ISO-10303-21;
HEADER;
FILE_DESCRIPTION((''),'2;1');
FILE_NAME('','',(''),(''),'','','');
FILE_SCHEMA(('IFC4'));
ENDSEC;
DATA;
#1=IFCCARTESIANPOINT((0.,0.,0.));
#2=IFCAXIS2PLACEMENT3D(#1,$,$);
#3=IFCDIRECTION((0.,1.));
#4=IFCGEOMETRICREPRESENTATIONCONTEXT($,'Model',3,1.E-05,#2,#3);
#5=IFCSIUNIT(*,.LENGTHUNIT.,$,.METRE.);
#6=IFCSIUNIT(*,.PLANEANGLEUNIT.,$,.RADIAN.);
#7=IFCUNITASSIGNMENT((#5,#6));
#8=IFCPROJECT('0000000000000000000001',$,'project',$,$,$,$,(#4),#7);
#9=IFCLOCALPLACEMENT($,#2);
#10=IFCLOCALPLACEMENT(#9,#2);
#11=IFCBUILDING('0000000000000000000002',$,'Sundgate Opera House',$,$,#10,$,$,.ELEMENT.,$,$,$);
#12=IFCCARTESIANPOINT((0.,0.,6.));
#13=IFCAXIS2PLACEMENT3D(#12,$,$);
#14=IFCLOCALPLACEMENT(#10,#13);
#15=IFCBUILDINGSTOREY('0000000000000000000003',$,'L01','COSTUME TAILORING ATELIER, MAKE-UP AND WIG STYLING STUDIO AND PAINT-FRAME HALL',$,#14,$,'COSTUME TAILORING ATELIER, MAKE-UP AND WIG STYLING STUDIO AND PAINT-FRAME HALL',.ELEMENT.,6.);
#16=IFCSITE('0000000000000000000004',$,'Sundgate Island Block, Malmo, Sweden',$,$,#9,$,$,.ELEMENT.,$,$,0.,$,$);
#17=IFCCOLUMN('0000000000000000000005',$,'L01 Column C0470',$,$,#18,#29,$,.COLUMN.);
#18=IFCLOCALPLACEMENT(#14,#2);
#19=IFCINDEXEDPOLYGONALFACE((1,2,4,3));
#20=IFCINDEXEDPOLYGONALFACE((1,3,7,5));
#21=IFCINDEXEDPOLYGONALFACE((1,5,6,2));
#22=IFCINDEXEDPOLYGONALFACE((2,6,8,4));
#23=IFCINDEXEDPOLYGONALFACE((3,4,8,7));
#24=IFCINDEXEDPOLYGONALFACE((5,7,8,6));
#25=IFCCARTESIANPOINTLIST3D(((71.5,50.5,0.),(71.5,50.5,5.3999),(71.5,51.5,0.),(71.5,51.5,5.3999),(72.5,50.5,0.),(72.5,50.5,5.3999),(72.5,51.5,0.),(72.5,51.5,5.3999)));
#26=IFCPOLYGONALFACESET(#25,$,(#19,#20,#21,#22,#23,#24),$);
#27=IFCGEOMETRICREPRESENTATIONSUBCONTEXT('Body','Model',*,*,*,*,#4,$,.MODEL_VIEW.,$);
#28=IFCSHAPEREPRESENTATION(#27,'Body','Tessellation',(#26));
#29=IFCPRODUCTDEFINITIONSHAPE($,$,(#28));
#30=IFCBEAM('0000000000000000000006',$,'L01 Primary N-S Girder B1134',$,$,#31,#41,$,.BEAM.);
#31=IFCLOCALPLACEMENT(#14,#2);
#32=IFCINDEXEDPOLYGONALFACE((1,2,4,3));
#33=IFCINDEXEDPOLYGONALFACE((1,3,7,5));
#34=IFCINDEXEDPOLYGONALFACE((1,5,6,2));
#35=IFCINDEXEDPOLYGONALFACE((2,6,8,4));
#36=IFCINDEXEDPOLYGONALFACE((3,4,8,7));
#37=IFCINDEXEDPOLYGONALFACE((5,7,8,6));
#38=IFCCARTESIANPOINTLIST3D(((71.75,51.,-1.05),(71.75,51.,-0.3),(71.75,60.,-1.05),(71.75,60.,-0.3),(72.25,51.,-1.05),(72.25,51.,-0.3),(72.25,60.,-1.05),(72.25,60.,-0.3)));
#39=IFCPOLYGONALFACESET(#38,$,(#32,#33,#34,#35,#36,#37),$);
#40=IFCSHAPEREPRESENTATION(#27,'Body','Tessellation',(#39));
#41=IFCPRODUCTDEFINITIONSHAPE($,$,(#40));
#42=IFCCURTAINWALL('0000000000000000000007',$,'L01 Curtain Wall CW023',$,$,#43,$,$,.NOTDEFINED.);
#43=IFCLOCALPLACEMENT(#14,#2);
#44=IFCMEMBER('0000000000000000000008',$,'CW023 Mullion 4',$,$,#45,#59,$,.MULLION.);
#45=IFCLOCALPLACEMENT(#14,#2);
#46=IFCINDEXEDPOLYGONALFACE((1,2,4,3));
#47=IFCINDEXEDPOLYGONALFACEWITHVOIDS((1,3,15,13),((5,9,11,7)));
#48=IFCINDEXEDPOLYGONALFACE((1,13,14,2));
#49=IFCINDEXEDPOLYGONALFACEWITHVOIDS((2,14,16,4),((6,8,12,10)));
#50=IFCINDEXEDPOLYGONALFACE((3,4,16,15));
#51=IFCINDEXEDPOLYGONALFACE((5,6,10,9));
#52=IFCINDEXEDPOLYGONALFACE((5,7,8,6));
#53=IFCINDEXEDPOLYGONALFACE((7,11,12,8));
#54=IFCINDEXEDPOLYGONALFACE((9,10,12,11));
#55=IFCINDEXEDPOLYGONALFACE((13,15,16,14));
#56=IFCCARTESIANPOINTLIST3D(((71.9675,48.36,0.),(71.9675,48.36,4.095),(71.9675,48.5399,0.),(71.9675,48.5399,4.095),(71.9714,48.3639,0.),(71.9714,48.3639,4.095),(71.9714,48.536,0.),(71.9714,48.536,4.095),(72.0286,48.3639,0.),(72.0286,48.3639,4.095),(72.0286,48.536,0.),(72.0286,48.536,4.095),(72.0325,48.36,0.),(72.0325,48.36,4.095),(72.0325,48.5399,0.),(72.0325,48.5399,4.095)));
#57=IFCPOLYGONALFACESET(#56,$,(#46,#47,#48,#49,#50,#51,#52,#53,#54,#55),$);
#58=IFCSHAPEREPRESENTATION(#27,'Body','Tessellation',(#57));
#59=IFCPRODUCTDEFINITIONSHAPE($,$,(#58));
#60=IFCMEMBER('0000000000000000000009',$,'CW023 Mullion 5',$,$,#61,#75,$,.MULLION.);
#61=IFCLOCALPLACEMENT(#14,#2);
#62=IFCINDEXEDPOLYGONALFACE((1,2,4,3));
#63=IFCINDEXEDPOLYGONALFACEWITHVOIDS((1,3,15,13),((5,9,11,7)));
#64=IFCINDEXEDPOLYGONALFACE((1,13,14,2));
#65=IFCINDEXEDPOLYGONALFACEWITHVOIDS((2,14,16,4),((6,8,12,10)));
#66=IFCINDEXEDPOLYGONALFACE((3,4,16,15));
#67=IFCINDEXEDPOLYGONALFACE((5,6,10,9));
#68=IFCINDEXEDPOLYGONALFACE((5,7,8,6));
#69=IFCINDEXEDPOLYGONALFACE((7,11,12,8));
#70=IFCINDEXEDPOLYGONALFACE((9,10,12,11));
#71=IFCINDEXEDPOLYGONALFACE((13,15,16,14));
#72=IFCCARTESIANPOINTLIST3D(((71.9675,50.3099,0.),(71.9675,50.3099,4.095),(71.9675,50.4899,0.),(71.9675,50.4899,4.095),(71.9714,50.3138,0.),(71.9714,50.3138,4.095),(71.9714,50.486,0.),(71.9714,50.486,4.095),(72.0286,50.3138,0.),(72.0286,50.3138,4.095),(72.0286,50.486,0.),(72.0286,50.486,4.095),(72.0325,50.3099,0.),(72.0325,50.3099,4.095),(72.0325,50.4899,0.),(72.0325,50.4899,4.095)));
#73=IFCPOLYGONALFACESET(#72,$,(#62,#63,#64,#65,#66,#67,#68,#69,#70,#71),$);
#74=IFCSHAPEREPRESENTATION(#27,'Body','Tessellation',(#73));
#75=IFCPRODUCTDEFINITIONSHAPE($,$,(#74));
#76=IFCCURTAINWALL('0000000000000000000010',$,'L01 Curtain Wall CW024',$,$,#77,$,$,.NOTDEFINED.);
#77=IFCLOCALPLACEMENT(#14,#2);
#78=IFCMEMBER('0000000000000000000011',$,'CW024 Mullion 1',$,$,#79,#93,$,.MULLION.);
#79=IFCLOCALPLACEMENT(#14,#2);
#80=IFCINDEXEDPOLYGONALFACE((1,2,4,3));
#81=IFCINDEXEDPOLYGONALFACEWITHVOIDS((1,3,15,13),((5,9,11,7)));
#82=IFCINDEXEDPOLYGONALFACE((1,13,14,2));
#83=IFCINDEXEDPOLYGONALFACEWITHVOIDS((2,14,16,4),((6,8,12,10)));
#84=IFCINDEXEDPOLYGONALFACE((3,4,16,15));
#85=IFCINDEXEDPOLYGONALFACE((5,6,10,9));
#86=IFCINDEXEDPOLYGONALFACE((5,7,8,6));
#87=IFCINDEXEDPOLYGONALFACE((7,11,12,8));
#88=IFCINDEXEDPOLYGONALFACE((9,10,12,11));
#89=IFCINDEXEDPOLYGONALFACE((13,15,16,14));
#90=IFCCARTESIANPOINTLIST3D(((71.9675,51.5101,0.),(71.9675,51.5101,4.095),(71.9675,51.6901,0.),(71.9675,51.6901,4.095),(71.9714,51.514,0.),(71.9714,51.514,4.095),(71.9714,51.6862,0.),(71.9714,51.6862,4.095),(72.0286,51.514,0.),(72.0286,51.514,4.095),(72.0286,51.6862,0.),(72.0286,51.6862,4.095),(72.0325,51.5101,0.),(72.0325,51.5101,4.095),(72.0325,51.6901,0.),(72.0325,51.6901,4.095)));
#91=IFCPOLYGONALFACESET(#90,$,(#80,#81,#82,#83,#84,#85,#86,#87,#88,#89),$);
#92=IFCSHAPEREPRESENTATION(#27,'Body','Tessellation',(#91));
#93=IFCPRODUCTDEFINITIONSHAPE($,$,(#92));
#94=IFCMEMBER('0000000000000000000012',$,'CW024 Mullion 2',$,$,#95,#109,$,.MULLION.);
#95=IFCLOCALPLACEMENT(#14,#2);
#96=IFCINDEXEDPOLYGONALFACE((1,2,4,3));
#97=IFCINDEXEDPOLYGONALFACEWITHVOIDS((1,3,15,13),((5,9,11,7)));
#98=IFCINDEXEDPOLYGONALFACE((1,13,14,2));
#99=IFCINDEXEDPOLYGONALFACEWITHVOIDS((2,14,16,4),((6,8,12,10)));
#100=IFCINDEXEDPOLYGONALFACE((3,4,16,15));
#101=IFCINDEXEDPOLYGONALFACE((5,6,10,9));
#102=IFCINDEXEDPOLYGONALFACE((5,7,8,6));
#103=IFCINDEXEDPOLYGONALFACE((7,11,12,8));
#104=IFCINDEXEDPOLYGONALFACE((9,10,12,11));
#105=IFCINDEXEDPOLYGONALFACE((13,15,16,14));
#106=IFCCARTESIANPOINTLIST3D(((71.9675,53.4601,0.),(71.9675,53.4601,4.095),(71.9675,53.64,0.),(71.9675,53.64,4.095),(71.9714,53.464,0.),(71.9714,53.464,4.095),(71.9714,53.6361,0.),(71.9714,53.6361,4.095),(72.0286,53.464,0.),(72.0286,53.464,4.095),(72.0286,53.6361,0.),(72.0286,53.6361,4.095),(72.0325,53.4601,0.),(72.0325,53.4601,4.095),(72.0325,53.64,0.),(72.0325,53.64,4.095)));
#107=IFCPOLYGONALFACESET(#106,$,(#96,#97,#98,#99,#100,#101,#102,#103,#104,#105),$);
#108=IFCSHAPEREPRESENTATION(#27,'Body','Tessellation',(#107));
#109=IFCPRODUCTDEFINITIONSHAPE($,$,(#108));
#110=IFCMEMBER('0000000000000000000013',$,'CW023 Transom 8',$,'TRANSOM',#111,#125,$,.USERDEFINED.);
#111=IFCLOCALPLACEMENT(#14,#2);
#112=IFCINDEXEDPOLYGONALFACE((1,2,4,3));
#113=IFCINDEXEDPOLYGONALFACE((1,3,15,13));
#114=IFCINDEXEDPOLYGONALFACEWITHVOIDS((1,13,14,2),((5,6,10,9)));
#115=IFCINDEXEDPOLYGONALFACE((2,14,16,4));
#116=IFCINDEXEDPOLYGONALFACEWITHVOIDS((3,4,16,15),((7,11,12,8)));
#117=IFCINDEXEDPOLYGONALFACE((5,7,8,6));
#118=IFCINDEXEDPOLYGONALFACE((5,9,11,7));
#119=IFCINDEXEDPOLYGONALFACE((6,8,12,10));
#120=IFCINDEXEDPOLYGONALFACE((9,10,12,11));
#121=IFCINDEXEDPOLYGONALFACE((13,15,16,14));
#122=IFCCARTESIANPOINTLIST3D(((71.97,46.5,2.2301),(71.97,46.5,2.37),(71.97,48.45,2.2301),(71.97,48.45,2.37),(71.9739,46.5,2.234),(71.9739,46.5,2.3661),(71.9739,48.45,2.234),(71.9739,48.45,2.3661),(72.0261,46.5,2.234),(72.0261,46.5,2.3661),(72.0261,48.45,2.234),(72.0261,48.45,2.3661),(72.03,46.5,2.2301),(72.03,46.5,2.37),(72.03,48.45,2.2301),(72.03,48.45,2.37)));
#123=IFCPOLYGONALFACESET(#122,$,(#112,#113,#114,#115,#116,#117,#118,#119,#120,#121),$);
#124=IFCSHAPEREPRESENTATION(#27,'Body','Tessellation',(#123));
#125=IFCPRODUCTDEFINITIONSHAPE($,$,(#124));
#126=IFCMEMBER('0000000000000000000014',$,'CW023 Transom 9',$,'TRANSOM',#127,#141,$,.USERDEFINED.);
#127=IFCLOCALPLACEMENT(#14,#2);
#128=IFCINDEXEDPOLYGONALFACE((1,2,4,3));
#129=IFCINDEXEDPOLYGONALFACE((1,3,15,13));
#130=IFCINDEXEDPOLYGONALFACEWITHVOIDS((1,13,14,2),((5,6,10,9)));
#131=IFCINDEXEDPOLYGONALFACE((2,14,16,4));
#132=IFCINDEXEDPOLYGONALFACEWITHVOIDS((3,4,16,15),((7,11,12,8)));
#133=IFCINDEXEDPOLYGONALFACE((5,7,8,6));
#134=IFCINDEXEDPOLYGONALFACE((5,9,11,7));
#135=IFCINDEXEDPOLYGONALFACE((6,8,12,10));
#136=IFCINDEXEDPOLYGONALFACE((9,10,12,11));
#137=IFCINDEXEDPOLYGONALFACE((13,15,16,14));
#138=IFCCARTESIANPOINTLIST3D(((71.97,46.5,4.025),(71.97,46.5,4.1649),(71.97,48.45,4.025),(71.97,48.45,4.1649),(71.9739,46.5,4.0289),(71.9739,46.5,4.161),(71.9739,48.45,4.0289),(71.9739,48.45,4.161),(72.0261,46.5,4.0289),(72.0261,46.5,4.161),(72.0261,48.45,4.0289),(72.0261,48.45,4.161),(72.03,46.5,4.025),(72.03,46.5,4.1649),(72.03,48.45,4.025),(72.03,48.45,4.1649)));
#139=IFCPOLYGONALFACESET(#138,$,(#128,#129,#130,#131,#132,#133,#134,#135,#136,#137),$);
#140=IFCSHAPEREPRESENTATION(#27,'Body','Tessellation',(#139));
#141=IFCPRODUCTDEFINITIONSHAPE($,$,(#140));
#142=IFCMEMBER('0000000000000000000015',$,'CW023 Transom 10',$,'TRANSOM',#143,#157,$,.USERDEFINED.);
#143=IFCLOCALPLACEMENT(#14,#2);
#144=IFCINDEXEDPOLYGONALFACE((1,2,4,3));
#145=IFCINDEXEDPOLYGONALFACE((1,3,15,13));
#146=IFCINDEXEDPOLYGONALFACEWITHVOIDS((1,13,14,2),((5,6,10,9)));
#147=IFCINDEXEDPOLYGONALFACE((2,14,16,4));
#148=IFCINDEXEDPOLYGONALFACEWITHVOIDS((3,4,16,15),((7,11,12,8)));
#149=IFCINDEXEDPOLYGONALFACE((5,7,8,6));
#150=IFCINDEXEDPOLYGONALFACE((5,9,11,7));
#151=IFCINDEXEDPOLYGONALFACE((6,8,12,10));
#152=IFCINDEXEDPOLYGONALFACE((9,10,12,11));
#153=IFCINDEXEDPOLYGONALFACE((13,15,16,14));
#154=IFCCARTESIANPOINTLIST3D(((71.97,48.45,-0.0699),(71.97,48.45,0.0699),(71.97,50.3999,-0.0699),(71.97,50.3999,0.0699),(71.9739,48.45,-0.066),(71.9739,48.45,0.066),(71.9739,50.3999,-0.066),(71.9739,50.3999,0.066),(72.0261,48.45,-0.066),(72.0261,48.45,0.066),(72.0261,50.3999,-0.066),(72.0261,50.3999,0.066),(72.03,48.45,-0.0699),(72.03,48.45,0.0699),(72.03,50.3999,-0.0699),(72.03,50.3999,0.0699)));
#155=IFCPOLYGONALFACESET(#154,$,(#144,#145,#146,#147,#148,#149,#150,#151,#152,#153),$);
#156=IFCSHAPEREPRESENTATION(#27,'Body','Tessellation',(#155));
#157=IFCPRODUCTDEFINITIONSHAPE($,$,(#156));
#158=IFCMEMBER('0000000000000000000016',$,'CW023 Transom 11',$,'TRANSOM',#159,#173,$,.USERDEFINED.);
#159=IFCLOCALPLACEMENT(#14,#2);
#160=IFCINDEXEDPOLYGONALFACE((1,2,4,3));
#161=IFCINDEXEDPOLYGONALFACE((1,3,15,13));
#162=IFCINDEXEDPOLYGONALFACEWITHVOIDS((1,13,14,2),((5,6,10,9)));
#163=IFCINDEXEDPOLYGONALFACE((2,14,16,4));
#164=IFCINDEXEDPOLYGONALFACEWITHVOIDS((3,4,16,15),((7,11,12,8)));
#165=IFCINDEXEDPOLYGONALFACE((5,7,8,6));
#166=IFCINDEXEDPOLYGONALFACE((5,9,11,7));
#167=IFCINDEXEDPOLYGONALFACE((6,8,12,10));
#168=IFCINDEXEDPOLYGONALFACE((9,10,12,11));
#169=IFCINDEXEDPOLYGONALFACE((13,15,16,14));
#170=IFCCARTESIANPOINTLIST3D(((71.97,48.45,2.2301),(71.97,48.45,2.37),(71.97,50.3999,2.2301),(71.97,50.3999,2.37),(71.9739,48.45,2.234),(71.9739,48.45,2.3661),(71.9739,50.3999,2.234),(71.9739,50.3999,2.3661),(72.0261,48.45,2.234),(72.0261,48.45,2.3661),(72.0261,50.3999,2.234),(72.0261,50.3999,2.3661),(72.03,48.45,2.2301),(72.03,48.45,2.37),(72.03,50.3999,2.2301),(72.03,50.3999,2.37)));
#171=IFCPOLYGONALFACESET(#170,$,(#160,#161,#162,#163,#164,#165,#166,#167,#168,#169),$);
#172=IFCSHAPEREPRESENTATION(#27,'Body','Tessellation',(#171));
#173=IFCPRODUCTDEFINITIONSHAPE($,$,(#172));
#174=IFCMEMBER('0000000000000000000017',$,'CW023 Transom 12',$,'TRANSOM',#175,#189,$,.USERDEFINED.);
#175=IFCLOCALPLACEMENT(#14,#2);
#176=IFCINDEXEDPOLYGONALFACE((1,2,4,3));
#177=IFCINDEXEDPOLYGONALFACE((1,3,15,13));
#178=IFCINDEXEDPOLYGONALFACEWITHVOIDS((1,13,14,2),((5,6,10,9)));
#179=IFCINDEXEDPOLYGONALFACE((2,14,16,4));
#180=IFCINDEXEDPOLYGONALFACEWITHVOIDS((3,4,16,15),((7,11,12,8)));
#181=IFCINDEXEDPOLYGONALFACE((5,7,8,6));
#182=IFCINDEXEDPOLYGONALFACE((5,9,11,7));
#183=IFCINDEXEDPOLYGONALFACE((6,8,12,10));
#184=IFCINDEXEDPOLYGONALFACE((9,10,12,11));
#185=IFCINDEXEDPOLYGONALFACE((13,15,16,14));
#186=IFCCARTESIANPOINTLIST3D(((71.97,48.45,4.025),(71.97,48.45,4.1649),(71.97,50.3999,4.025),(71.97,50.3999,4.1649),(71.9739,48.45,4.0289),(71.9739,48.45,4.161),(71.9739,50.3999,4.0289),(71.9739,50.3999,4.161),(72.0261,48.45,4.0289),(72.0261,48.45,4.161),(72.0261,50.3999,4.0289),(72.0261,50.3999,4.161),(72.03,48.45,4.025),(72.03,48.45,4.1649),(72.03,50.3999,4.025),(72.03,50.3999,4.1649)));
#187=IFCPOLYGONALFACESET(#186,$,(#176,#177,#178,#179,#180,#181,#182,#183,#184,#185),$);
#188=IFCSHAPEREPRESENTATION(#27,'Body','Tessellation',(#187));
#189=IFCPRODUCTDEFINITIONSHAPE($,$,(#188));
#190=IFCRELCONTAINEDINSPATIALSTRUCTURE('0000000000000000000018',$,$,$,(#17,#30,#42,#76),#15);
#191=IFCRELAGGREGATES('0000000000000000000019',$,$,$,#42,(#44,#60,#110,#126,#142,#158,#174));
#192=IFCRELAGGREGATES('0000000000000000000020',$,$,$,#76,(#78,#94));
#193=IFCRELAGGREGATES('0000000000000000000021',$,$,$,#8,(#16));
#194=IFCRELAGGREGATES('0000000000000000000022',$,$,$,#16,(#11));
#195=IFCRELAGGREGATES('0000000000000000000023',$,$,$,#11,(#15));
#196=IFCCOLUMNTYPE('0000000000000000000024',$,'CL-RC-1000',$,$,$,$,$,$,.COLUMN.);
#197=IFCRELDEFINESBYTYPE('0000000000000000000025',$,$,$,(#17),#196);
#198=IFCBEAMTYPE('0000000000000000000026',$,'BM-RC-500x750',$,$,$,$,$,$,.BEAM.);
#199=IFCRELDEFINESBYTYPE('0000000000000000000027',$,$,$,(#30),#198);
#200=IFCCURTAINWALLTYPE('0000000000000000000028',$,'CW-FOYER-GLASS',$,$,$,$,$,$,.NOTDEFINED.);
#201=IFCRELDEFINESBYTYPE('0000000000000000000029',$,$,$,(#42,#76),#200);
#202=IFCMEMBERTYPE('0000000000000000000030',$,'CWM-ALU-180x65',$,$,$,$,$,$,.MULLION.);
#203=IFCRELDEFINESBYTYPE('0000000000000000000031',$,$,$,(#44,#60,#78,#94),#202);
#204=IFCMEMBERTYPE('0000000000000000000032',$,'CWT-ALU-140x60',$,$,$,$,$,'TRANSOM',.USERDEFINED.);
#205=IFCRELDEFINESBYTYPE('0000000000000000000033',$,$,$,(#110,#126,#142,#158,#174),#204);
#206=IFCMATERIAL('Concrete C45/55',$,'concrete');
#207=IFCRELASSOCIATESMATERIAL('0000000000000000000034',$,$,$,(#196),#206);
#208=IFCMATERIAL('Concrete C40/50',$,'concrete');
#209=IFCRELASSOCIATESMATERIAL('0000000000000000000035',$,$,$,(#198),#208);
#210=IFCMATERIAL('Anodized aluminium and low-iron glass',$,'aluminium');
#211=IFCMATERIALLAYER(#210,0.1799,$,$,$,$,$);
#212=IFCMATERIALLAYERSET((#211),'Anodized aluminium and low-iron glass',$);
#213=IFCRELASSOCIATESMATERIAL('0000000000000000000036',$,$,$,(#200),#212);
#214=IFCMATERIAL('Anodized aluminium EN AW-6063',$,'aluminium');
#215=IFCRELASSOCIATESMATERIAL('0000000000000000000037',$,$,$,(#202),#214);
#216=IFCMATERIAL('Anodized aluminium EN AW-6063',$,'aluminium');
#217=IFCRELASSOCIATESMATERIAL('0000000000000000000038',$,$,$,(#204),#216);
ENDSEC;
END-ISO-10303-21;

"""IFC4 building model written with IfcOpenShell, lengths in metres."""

from ifc_helpers import new_model, si_unit, direction, frame, origin, origin_2d, place, context, subcontext, project, spatial, rectangle, hollow_rectangle, extrude, material, layer, layer_set, material_profile, profile_set, type_object, element, aggregate, save


model = new_model("IFC4")

# Units and contexts
model_context = context("Model", 3, precision=1e-05, world=origin(), true_north=direction((0.0, 1.0)))
body_context = subcontext(model_context, "Body", "Model", "MODEL_VIEW")
ifc_project = project(units=[si_unit("LENGTHUNIT", "METRE"), si_unit("PLANEANGLEUNIT", "RADIAN")], contexts=[model_context])

# Site, building, storey
site_placement = place(None, origin())
site = spatial("IfcSite", under=ifc_project, at=site_placement, Name="Sundgate Island Block, Malmo, Sweden", CompositionType="ELEMENT", RefElevation=0.0)
building_placement = place(site_placement, origin())
building = spatial("IfcBuilding", under=site, at=building_placement, Name="Sundgate Opera House", CompositionType="ELEMENT")
storey_placement = place(building_placement, frame((0.0, 0.0, 6.0)))
storey = spatial("IfcBuildingStorey", under=building, at=storey_placement, Name="L01", Description="COSTUME TAILORING ATELIER, MAKE-UP AND WIG STYLING STUDIO AND PAINT-FRAME HALL", LongName="COSTUME TAILORING ATELIER, MAKE-UP AND WIG STYLING STUDIO AND PAINT-FRAME HALL", CompositionType="ELEMENT", Elevation=6.0)

# Column
ifc_material_1 = material(Name="Concrete C45/55", Category="concrete")
ifc_material_profile_1 = material_profile(ifc_material_1, rectangle(XDim=1.0, YDim=1.0, at=origin_2d()), Name="RC 1000x1000")
ifc_profile_set_1 = profile_set([ifc_material_profile_1], Name="Concrete C45/55")
column_type = type_object("IfcColumnType", Name="CL-RC-1000", PredefinedType="COLUMN", material=ifc_profile_set_1)
column_placement = place(storey_placement, frame((72.0, 51.0, 0.0), z_axis=(0.0, 0.0, 1.0), x_axis=(1.0, 0.0, 0.0)))
element("IfcColumn", 1, at=column_placement, inside=storey, type_object=column_type, Name="L01 Column C0470", PredefinedType="COLUMN", context=body_context, shape_type="SweptSolid", body=[
    extrude(rectangle(XDim=1.0, YDim=1.0, at=origin_2d()), origin(), (0.0, 0.0, 1.0), 5.3999),
])

# Beam
ifc_material_2 = material(Name="Concrete C40/50", Category="concrete")
ifc_material_profile_2 = material_profile(ifc_material_2, rectangle(XDim=0.5, YDim=0.75, at=origin_2d()), Name="RC 500x750")
ifc_profile_set_2 = profile_set([ifc_material_profile_2], Name="Concrete C40/50")
beam_type = type_object("IfcBeamType", Name="BM-RC-500x750", PredefinedType="BEAM", material=ifc_profile_set_2)
beam_placement = place(storey_placement, frame((72.0, 51.0, -0.675), z_axis=(0.0, 1.0, 0.0), x_axis=(-1.0, 0.0, 0.0)))
element("IfcBeam", 2, at=beam_placement, inside=storey, type_object=beam_type, Name="L01 Primary N-S Girder B1134", PredefinedType="BEAM", context=body_context, shape_type="SweptSolid", body=[
    extrude(rectangle(XDim=0.5, YDim=0.75, at=origin_2d()), origin(), (0.0, 0.0, 1.0), 9.0),
])

# Curtain walls, members
ifc_material_3 = material(Name="Anodized aluminium and low-iron glass", Category="aluminium")
ifc_layer_1 = layer(ifc_material_3, 0.1799)
ifc_layer_set_1 = layer_set([ifc_layer_1], Name="Anodized aluminium and low-iron glass")
curtain_wall_type = type_object("IfcCurtainWallType", Name="CW-FOYER-GLASS", PredefinedType="NOTDEFINED", material=ifc_layer_set_1)
curtain_wall_1_placement = place(storey_placement, origin())
curtain_wall_1 = element("IfcCurtainWall", 3, at=curtain_wall_1_placement, inside=storey, type_object=curtain_wall_type, Name="L01 Curtain Wall CW023", PredefinedType="NOTDEFINED")
ifc_material_4 = material(Name="Anodized aluminium EN AW-6063", Category="aluminium")
ifc_material_profile_3 = material_profile(ifc_material_4, hollow_rectangle(XDim=0.0649, YDim=0.1799, WallThickness=0.0039, at=origin_2d()), Name="CWM 180x65x4")
ifc_profile_set_3 = profile_set([ifc_material_profile_3], Name="Anodized aluminium EN AW-6063")
member_type_1 = type_object("IfcMemberType", Name="CWM-ALU-180x65", PredefinedType="MULLION", material=ifc_profile_set_3)
member_1_placement = place(storey_placement, frame((72.0, 48.45, 0.0), z_axis=(0.0, 0.0, 1.0), x_axis=(1.0, 0.0, 0.0)))
member_1 = element("IfcMember", 4, at=member_1_placement, type_object=member_type_1, Name="CW023 Mullion 4", PredefinedType="MULLION", context=body_context, shape_type="SweptSolid", body=[
    extrude(hollow_rectangle(XDim=0.0649, YDim=0.1799, WallThickness=0.0039, at=origin_2d()), origin(), (0.0, 0.0, 1.0), 4.095),
])
member_2_placement = place(storey_placement, frame((72.0, 50.3999, 0.0), z_axis=(0.0, 0.0, 1.0), x_axis=(1.0, 0.0, 0.0)))
member_2 = element("IfcMember", 5, at=member_2_placement, type_object=member_type_1, Name="CW023 Mullion 5", PredefinedType="MULLION", context=body_context, shape_type="SweptSolid", body=[
    extrude(hollow_rectangle(XDim=0.0649, YDim=0.1799, WallThickness=0.0039, at=origin_2d()), origin(), (0.0, 0.0, 1.0), 4.095),
])
curtain_wall_2_placement = place(storey_placement, origin())
curtain_wall_2 = element("IfcCurtainWall", 6, at=curtain_wall_2_placement, inside=storey, type_object=curtain_wall_type, Name="L01 Curtain Wall CW024", PredefinedType="NOTDEFINED")
member_3_placement = place(storey_placement, frame((72.0, 51.6001, 0.0), z_axis=(0.0, 0.0, 1.0), x_axis=(1.0, 0.0, 0.0)))
member_3 = element("IfcMember", 7, at=member_3_placement, type_object=member_type_1, Name="CW024 Mullion 1", PredefinedType="MULLION", context=body_context, shape_type="SweptSolid", body=[
    extrude(hollow_rectangle(XDim=0.0649, YDim=0.1799, WallThickness=0.0039, at=origin_2d()), origin(), (0.0, 0.0, 1.0), 4.095),
])
member_4_placement = place(storey_placement, frame((72.0, 53.55, 0.0), z_axis=(0.0, 0.0, 1.0), x_axis=(1.0, 0.0, 0.0)))
member_4 = element("IfcMember", 8, at=member_4_placement, type_object=member_type_1, Name="CW024 Mullion 2", PredefinedType="MULLION", context=body_context, shape_type="SweptSolid", body=[
    extrude(hollow_rectangle(XDim=0.0649, YDim=0.1799, WallThickness=0.0039, at=origin_2d()), origin(), (0.0, 0.0, 1.0), 4.095),
])

# Members
ifc_material_5 = material(Name="Anodized aluminium EN AW-6063", Category="aluminium")
ifc_material_profile_4 = material_profile(ifc_material_5, hollow_rectangle(XDim=0.0601, YDim=0.1399, WallThickness=0.0039, at=origin_2d()), Name="CWT 140x60x4")
ifc_profile_set_4 = profile_set([ifc_material_profile_4], Name="Anodized aluminium EN AW-6063")
member_type_2 = type_object("IfcMemberType", Name="CWT-ALU-140x60", ElementType="TRANSOM", PredefinedType="USERDEFINED", material=ifc_profile_set_4)
member_5_placement = place(storey_placement, frame((72.0, 46.5, 2.3), z_axis=(0.0, 1.0, 0.0), x_axis=(-1.0, 0.0, 0.0)))
member_5 = element("IfcMember", 9, at=member_5_placement, type_object=member_type_2, Name="CW023 Transom 8", ObjectType="TRANSOM", PredefinedType="USERDEFINED", context=body_context, shape_type="SweptSolid", body=[
    extrude(hollow_rectangle(XDim=0.0601, YDim=0.1399, WallThickness=0.0039, at=origin_2d()), origin(), (0.0, 0.0, 1.0), 1.95),
])
member_6_placement = place(storey_placement, frame((72.0, 46.5, 4.095), z_axis=(0.0, 1.0, 0.0), x_axis=(-1.0, 0.0, 0.0)))
member_6 = element("IfcMember", 10, at=member_6_placement, type_object=member_type_2, Name="CW023 Transom 9", ObjectType="TRANSOM", PredefinedType="USERDEFINED", context=body_context, shape_type="SweptSolid", body=[
    extrude(hollow_rectangle(XDim=0.0601, YDim=0.1399, WallThickness=0.0039, at=origin_2d()), origin(), (0.0, 0.0, 1.0), 1.95),
])
member_7_placement = place(storey_placement, frame((72.0, 48.45, 0.0), z_axis=(0.0, 1.0, 0.0), x_axis=(-1.0, 0.0, 0.0)))
member_7 = element("IfcMember", 11, at=member_7_placement, type_object=member_type_2, Name="CW023 Transom 10", ObjectType="TRANSOM", PredefinedType="USERDEFINED", context=body_context, shape_type="SweptSolid", body=[
    extrude(hollow_rectangle(XDim=0.0601, YDim=0.1399, WallThickness=0.0039, at=origin_2d()), origin(), (0.0, 0.0, 1.0), 1.95),
])
member_8_placement = place(storey_placement, frame((72.0, 48.45, 2.3), z_axis=(0.0, 1.0, 0.0), x_axis=(-1.0, 0.0, 0.0)))
member_8 = element("IfcMember", 12, at=member_8_placement, type_object=member_type_2, Name="CW023 Transom 11", ObjectType="TRANSOM", PredefinedType="USERDEFINED", context=body_context, shape_type="SweptSolid", body=[
    extrude(hollow_rectangle(XDim=0.0601, YDim=0.1399, WallThickness=0.0039, at=origin_2d()), origin(), (0.0, 0.0, 1.0), 1.95),
])
member_9_placement = place(storey_placement, frame((72.0, 48.45, 4.095), z_axis=(0.0, 1.0, 0.0), x_axis=(-1.0, 0.0, 0.0)))
member_9 = element("IfcMember", 13, at=member_9_placement, type_object=member_type_2, Name="CW023 Transom 12", ObjectType="TRANSOM", PredefinedType="USERDEFINED", context=body_context, shape_type="SweptSolid", body=[
    extrude(hollow_rectangle(XDim=0.0601, YDim=0.1399, WallThickness=0.0039, at=origin_2d()), origin(), (0.0, 0.0, 1.0), 1.95),
])

aggregate(curtain_wall_1, [member_1, member_2, member_5, member_6, member_7, member_8, member_9])
aggregate(curtain_wall_2, [member_3, member_4])

save(model, "model.ifc")
